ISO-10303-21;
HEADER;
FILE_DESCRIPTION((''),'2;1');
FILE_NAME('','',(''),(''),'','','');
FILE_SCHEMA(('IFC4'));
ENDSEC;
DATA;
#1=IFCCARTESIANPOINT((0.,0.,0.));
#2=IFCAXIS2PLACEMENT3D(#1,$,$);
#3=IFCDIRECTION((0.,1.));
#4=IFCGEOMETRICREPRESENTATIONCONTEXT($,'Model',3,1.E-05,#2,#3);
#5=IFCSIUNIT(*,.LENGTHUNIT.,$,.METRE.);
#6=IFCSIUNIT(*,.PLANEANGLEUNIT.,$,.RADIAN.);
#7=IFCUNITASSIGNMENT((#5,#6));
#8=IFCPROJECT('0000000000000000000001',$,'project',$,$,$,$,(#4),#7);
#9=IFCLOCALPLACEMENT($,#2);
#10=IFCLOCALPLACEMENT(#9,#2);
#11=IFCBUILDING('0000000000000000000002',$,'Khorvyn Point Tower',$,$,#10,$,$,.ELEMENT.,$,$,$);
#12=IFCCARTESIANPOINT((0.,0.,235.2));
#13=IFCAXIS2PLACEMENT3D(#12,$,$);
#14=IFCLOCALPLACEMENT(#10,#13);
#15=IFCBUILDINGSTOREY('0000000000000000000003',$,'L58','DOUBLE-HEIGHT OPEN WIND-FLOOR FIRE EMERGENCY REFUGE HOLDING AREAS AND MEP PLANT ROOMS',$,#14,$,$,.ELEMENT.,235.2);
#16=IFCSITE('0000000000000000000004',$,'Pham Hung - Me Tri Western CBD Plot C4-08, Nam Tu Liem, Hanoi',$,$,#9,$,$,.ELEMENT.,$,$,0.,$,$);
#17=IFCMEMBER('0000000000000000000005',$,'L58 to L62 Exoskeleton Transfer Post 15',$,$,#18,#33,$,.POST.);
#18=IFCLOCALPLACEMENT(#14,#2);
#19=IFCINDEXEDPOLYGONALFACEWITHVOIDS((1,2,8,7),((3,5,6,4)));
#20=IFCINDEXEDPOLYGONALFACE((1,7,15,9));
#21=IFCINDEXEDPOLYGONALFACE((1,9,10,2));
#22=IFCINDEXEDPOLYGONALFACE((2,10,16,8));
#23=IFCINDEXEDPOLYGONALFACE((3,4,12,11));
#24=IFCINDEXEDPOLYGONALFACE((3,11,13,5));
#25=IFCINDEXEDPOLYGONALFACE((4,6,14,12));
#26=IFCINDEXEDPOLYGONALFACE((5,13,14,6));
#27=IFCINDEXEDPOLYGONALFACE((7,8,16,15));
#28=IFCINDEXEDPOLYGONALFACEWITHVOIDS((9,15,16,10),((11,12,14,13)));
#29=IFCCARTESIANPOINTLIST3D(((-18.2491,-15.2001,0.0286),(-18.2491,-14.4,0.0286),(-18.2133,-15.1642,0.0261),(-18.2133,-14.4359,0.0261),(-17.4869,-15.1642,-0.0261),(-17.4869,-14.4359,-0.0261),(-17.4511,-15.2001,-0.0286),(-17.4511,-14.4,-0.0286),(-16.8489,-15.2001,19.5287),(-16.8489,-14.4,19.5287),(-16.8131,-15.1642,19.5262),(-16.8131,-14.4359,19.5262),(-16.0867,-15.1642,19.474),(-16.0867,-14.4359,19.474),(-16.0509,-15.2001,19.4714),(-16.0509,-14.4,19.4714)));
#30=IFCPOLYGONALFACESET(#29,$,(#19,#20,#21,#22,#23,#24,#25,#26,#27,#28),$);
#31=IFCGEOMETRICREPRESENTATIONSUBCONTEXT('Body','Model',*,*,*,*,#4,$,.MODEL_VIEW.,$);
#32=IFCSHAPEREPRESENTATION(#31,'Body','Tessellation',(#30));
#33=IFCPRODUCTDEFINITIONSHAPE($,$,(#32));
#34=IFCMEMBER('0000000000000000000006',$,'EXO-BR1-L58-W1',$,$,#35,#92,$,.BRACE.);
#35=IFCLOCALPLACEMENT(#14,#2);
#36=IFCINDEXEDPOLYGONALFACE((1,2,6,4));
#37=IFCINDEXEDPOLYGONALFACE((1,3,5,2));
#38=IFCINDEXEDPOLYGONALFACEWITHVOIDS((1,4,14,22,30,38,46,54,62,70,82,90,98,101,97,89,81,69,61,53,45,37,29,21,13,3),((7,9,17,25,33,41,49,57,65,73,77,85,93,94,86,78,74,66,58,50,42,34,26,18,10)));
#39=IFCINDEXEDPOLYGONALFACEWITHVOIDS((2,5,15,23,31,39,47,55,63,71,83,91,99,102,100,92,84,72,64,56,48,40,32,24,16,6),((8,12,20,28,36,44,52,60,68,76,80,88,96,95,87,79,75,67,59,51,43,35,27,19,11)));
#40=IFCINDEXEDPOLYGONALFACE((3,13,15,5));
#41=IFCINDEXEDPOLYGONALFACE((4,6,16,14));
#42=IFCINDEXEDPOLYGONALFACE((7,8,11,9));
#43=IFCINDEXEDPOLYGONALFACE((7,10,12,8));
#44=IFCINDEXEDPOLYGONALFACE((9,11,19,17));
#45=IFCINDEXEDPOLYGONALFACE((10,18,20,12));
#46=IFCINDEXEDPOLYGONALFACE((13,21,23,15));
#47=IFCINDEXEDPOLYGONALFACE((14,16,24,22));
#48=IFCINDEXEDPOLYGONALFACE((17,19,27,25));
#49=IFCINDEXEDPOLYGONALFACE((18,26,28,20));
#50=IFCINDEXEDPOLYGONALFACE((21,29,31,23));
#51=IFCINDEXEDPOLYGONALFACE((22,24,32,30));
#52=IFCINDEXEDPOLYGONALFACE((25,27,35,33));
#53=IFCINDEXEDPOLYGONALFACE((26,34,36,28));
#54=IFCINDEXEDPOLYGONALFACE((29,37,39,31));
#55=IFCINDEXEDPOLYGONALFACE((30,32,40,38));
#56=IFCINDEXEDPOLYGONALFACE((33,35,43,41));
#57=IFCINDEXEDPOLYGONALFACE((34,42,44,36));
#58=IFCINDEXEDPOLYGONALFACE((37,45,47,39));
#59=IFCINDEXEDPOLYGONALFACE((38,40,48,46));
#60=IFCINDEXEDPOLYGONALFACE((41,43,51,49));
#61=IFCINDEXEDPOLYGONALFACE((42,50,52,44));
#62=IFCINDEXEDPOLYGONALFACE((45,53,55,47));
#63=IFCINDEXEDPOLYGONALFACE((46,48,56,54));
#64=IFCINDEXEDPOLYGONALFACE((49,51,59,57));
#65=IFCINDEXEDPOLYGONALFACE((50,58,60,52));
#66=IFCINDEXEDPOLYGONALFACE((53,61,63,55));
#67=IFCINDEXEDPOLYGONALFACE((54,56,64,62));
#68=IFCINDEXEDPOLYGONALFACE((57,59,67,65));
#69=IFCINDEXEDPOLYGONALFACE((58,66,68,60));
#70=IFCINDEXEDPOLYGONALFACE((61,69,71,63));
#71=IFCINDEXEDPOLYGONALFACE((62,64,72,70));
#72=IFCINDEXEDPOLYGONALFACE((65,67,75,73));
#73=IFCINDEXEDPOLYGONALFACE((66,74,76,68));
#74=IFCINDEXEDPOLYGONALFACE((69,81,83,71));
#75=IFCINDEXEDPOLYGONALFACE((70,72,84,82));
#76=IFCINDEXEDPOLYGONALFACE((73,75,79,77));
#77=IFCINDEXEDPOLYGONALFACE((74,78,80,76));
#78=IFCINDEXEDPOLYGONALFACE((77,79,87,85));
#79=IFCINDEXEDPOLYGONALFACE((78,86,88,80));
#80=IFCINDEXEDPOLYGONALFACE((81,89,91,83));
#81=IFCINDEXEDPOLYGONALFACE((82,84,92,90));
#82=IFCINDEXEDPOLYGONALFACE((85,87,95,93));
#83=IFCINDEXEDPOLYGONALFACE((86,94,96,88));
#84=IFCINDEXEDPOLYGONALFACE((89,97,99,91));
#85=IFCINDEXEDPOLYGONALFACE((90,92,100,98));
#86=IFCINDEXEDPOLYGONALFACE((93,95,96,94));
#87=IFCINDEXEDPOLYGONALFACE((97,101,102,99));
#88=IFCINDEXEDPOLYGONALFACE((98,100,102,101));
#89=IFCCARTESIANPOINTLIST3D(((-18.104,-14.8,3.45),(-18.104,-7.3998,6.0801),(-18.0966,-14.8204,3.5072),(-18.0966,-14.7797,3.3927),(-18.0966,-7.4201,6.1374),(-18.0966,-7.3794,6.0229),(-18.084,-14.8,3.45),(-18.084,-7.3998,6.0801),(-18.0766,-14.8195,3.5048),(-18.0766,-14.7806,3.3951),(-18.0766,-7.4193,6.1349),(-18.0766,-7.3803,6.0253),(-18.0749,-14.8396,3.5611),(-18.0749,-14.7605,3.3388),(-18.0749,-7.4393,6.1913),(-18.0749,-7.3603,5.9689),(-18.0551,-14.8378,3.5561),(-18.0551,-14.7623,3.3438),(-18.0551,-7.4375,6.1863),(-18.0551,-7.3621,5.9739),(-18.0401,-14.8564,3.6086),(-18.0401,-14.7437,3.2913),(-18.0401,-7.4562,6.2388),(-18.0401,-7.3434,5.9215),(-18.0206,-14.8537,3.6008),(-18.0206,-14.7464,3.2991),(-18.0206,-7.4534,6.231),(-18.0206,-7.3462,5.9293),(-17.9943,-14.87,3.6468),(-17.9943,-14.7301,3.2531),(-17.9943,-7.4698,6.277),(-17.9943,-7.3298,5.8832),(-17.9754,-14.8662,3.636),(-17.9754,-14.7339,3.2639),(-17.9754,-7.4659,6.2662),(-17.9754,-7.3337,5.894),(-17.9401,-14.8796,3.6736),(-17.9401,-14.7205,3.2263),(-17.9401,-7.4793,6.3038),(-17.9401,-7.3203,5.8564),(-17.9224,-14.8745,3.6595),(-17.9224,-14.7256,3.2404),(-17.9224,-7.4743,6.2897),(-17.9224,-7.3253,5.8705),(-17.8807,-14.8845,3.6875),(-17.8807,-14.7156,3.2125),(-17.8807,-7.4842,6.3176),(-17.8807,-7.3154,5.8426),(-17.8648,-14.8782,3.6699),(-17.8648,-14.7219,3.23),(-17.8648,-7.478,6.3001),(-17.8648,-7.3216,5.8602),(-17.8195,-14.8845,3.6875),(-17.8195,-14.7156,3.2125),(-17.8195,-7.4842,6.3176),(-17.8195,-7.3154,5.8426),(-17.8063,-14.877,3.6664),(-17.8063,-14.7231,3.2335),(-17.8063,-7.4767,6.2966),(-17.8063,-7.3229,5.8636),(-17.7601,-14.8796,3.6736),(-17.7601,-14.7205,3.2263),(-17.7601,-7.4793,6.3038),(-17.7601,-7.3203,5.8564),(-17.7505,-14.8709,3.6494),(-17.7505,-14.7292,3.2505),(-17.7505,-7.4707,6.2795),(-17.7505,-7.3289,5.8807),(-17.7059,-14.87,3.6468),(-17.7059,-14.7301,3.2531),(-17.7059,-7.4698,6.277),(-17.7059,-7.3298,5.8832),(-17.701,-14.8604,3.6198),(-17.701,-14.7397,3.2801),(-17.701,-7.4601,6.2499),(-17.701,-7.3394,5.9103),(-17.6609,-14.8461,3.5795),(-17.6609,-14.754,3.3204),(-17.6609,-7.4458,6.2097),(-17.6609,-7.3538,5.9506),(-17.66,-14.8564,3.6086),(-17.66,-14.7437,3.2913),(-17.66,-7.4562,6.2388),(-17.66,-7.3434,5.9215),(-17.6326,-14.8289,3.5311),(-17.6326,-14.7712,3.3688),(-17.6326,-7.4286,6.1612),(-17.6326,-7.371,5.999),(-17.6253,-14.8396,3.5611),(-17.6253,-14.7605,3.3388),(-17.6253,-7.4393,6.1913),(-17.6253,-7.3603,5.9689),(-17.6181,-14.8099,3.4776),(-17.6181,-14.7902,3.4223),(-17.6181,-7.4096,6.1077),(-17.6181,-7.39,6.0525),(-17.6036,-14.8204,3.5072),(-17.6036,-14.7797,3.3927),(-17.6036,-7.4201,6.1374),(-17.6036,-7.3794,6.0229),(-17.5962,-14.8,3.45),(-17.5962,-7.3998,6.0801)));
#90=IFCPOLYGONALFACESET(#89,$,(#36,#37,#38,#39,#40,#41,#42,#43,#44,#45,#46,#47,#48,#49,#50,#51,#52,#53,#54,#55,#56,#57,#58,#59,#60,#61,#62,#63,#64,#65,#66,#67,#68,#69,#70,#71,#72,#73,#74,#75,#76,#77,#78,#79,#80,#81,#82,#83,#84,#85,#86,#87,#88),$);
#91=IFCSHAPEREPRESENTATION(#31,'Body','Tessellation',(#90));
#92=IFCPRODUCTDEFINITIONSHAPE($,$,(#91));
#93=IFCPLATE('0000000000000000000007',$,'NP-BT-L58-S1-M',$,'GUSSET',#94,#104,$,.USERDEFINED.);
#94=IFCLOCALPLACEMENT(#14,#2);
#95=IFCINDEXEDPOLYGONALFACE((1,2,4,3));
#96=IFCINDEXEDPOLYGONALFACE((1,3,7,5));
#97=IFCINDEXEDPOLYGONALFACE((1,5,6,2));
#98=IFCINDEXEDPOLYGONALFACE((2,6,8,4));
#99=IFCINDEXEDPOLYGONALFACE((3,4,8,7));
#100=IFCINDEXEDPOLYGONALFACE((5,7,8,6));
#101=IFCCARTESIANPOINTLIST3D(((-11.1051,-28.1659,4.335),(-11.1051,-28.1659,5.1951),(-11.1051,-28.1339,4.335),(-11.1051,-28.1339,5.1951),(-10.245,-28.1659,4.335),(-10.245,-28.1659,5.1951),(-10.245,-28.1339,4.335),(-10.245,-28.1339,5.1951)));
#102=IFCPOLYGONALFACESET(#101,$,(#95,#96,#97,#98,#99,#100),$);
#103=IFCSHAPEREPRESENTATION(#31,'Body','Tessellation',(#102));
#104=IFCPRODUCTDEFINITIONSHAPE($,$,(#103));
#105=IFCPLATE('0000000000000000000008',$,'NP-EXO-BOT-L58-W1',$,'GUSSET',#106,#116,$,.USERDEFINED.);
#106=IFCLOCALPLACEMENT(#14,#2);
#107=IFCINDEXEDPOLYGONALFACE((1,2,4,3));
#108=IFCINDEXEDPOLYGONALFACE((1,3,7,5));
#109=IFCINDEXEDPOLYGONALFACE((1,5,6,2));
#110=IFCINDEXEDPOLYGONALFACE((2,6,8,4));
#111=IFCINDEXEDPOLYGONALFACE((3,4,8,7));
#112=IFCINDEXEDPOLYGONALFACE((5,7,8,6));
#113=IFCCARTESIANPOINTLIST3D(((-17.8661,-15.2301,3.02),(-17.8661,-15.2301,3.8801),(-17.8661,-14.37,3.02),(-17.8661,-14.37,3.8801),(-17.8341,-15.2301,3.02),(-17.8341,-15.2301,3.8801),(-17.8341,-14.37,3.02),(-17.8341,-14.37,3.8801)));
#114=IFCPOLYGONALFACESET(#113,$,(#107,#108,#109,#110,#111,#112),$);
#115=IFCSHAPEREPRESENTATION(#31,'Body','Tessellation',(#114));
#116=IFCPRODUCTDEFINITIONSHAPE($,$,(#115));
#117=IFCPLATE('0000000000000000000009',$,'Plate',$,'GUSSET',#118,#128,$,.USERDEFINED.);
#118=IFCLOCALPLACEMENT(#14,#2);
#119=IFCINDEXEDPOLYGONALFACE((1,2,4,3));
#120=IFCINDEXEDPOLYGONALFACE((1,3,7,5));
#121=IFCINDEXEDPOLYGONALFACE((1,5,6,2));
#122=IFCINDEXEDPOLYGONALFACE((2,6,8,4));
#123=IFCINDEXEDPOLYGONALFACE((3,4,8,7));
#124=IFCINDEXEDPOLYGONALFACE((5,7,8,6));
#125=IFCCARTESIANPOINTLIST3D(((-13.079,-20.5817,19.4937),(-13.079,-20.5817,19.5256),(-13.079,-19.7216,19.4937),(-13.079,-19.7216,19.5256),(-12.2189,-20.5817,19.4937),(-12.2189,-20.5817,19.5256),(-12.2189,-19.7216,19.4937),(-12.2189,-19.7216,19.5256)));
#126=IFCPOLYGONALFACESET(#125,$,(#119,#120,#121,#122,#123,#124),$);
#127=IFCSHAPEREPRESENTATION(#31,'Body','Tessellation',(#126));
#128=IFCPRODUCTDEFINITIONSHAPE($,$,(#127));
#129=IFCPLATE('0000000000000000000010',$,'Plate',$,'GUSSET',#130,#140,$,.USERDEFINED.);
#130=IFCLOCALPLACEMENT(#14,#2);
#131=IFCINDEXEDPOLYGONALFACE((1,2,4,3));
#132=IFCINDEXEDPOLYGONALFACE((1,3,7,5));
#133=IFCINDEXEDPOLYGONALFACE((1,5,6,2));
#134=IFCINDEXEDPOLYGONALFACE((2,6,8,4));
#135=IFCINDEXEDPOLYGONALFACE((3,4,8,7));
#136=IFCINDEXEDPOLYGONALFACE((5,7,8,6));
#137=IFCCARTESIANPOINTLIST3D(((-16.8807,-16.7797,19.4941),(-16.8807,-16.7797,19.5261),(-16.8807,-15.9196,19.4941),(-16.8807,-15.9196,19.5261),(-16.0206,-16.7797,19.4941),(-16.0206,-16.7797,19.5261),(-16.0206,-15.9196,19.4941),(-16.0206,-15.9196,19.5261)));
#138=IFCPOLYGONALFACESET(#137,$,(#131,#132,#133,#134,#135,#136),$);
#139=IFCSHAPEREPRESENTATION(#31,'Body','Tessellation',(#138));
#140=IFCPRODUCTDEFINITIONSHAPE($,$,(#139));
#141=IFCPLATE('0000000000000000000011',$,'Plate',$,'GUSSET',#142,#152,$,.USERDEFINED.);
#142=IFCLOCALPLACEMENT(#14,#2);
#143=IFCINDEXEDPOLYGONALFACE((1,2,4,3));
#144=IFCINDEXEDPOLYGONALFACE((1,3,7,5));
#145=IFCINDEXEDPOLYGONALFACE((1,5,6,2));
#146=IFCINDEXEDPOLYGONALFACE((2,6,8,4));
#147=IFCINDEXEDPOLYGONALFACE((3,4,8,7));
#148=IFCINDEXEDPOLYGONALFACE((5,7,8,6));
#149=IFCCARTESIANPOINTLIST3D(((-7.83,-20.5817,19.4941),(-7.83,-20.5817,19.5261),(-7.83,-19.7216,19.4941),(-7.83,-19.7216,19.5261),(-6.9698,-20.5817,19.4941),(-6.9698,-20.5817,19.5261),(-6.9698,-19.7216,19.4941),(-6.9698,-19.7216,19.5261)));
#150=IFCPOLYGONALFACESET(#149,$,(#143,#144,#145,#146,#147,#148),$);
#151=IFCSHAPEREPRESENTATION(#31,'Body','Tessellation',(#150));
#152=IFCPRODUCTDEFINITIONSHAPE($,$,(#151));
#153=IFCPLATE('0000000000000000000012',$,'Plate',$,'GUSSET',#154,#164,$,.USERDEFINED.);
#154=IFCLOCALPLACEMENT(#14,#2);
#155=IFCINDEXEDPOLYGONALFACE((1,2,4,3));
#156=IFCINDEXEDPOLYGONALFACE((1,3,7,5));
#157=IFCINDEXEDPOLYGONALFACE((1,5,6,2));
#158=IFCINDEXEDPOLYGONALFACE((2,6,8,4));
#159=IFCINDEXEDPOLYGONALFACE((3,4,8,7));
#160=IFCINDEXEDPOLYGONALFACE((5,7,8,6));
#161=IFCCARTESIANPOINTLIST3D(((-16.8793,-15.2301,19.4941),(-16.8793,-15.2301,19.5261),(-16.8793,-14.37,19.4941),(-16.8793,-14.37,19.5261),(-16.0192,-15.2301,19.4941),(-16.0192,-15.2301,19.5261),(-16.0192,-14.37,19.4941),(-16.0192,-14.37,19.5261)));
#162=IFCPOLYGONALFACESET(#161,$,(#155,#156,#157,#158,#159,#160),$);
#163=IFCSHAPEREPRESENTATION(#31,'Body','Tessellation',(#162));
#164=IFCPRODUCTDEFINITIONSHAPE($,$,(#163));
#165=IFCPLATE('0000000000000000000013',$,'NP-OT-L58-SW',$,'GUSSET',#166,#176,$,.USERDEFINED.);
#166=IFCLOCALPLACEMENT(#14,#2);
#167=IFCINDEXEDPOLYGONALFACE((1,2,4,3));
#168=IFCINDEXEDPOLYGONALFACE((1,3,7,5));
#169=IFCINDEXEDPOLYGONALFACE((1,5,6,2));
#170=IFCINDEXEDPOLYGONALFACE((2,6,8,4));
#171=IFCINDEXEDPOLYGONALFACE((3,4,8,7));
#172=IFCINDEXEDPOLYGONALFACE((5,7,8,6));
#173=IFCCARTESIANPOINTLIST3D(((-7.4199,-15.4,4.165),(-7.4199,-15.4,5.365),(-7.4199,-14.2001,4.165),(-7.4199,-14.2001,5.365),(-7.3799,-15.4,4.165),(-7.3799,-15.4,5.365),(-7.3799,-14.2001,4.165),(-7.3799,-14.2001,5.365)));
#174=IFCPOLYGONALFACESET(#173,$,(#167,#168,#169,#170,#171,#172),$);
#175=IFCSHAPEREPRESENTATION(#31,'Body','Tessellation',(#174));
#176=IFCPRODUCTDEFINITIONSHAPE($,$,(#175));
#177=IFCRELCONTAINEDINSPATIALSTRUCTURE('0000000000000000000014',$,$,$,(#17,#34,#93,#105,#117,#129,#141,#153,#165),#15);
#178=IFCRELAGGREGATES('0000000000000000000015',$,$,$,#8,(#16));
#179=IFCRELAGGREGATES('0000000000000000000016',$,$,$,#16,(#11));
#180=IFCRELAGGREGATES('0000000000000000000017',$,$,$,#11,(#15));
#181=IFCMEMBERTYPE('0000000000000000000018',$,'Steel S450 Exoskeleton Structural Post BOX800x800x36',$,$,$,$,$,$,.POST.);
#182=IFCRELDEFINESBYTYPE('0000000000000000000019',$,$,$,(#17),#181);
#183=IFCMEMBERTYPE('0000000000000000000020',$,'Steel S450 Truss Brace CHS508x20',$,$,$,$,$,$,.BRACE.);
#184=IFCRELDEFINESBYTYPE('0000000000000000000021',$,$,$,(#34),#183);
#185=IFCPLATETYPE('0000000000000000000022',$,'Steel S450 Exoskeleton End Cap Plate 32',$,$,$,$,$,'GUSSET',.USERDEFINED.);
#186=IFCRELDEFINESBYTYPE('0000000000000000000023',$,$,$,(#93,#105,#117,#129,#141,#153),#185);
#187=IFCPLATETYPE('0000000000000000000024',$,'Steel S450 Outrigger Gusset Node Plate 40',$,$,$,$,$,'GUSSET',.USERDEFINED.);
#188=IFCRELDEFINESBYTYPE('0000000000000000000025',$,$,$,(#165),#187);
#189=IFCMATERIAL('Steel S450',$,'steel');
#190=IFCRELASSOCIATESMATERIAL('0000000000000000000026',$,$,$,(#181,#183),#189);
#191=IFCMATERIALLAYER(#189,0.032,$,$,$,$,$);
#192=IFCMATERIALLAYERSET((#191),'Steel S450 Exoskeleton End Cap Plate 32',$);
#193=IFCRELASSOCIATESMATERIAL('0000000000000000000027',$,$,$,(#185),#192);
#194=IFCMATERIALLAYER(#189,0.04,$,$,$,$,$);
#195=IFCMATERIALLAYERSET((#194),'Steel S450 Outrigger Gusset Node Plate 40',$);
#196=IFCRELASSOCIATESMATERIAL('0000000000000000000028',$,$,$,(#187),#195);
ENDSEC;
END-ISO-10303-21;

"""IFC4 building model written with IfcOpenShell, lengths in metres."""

from ifc_helpers import new_model, si_unit, direction, frame, origin, origin_2d, place, context, subcontext, project, spatial, rectangle, hollow_rectangle, hollow_circle, extrude, material, layer, layer_set, material_profile, profile_set, type_object, element, save


model = new_model("IFC4")

# Units and contexts
model_context = context("Model", 3, precision=1e-05, world=origin(), true_north=direction((0.0, 1.0)))
body_context = subcontext(model_context, "Body", "Model", "MODEL_VIEW")
ifc_project = project(units=[si_unit("LENGTHUNIT", "METRE"), si_unit("PLANEANGLEUNIT", "RADIAN")], contexts=[model_context])

# Site, building, storey
site_placement = place(None, origin())
site = spatial("IfcSite", under=ifc_project, at=site_placement, Name="Pham Hung - Me Tri Western CBD Plot C4-08, Nam Tu Liem, Hanoi", CompositionType="ELEMENT", RefElevation=0.0)
building_placement = place(site_placement, origin())
building = spatial("IfcBuilding", under=site, at=building_placement, Name="Khorvyn Point Tower", CompositionType="ELEMENT")
storey_placement = place(building_placement, frame((0.0, 0.0, 235.2)))
storey = spatial("IfcBuildingStorey", under=building, at=storey_placement, Name="L58", Description="DOUBLE-HEIGHT OPEN WIND-FLOOR FIRE EMERGENCY REFUGE HOLDING AREAS AND MEP PLANT ROOMS", CompositionType="ELEMENT", Elevation=235.2)

# Shared definitions
ifc_material_1 = material(Name="Steel S450", Category="steel")

# Members
ifc_material_profile_1 = material_profile(ifc_material_1, hollow_rectangle(XDim=0.8, YDim=0.8, WallThickness=0.0359, at=origin_2d()))
ifc_profile_set_1 = profile_set([ifc_material_profile_1], Name="Steel S450 BOX800x800x36")
member_type_1 = type_object("IfcMemberType", Name="Steel S450 Exoskeleton Structural Post BOX800x800x36", PredefinedType="POST", material=ifc_profile_set_1)
member_1_placement = place(storey_placement, frame((-17.8501, -14.8, 0.0), z_axis=(0.071618, 0.0, 0.997432), x_axis=(0.0, 1.0, 0.0)))
element("IfcMember", 1, at=member_1_placement, inside=storey, type_object=member_type_1, Name="L58 to L62 Exoskeleton Transfer Post 15", PredefinedType="POST", context=body_context, shape_type="SweptSolid", body=[
    extrude(hollow_rectangle(XDim=0.8, YDim=0.8, WallThickness=0.0359, at=origin_2d()), origin(), (0.0, 0.0, 1.0), 19.5503),
])
ifc_material_profile_2 = material_profile(ifc_material_1, hollow_circle(Radius=0.2539, WallThickness=0.02, at=origin_2d()))
ifc_profile_set_2 = profile_set([ifc_material_profile_2], Name="Steel S450 CHS508x20")
member_type_2 = type_object("IfcMemberType", Name="Steel S450 Truss Brace CHS508x20", PredefinedType="BRACE", material=ifc_profile_set_2)
member_2_placement = place(storey_placement, frame((-17.8501, -14.8, 3.45), z_axis=(0.0, 0.942256, 0.334893), x_axis=(-1.0, 0.0, 0.0)))
element("IfcMember", 2, at=member_2_placement, inside=storey, type_object=member_type_2, Name="EXO-BR1-L58-W1", PredefinedType="BRACE", context=body_context, shape_type="SweptSolid", body=[
    extrude(hollow_circle(Radius=0.2539, WallThickness=0.02, at=origin_2d()), origin(), (0.0, 0.0, 1.0), 7.8538),
])

# Plates
ifc_layer_1 = layer(ifc_material_1, 0.032)
ifc_layer_set_1 = layer_set([ifc_layer_1], Name="Steel S450 Exoskeleton End Cap Plate 32")
plate_type_1 = type_object("IfcPlateType", Name="Steel S450 Exoskeleton End Cap Plate 32", ElementType="GUSSET", PredefinedType="USERDEFINED", material=ifc_layer_set_1)
plate_1_placement = place(storey_placement, frame((-10.675, -28.1499, 4.335), z_axis=(0.0, 0.0, 1.0), x_axis=(1.0, 0.0, 0.0)))
element("IfcPlate", 3, at=plate_1_placement, inside=storey, type_object=plate_type_1, Name="NP-BT-L58-S1-M", ObjectType="GUSSET", PredefinedType="USERDEFINED", context=body_context, shape_type="SweptSolid", body=[
    extrude(rectangle(XDim=0.8601, YDim=0.032, at=origin_2d()), origin(), (0.0, 0.0, 1.0), 0.8601),
])
plate_2_placement = place(storey_placement, frame((-17.8501, -14.8, 3.02), z_axis=(0.0, 0.0, 1.0), x_axis=(1.0, 0.0, 0.0)))
element("IfcPlate", 4, at=plate_2_placement, inside=storey, type_object=plate_type_1, Name="NP-EXO-BOT-L58-W1", ObjectType="GUSSET", PredefinedType="USERDEFINED", context=body_context, shape_type="SweptSolid", body=[
    extrude(rectangle(XDim=0.032, YDim=0.8601, at=origin_2d()), origin(), (0.0, 0.0, 1.0), 0.8601),
])
for number, where, z_axis, x_axis, name in (
    (5, (-12.6489, -20.1516, 19.4937), (0.0, 0.0, 1.0), (1.0, 0.0, 0.0), "Plate"),
    (6, (-16.4507, -16.3496, 19.4941), (0.0, 0.0, 1.0), (1.0, 0.0, 0.0), "Plate"),
    (7, (-7.3999, -20.1516, 19.4941), (0.0, 0.0, 1.0), (1.0, 0.0, 0.0), "Plate"),
    (8, (-16.4492, -14.8, 19.4941), (0.0, 0.0, 1.0), (1.0, 0.0, 0.0), "Plate"),
):
    element("IfcPlate", number, at=place(storey_placement, frame(where, z_axis=z_axis, x_axis=x_axis)), inside=storey, type_object=plate_type_1, Name=name, ObjectType="GUSSET", PredefinedType="USERDEFINED", context=body_context, shape_type="SweptSolid", body=[
        extrude(rectangle(XDim=0.8601, YDim=0.8601, at=origin_2d()), origin(), (0.0, 0.0, 1.0), 0.032),
    ])
ifc_layer_2 = layer(ifc_material_1, 0.04)
ifc_layer_set_2 = layer_set([ifc_layer_2], Name="Steel S450 Outrigger Gusset Node Plate 40")
plate_type_2 = type_object("IfcPlateType", Name="Steel S450 Outrigger Gusset Node Plate 40", ElementType="GUSSET", PredefinedType="USERDEFINED", material=ifc_layer_set_2)
plate_3_placement = place(storey_placement, frame((-7.3999, -14.8, 4.165), z_axis=(0.0, 0.0, 1.0), x_axis=(1.0, 0.0, 0.0)))
element("IfcPlate", 9, at=plate_3_placement, inside=storey, type_object=plate_type_2, Name="NP-OT-L58-SW", ObjectType="GUSSET", PredefinedType="USERDEFINED", context=body_context, shape_type="SweptSolid", body=[
    extrude(rectangle(XDim=0.04, YDim=1.2, at=origin_2d()), origin(), (0.0, 0.0, 1.0), 1.2),
])

save(model, "model.ifc")
